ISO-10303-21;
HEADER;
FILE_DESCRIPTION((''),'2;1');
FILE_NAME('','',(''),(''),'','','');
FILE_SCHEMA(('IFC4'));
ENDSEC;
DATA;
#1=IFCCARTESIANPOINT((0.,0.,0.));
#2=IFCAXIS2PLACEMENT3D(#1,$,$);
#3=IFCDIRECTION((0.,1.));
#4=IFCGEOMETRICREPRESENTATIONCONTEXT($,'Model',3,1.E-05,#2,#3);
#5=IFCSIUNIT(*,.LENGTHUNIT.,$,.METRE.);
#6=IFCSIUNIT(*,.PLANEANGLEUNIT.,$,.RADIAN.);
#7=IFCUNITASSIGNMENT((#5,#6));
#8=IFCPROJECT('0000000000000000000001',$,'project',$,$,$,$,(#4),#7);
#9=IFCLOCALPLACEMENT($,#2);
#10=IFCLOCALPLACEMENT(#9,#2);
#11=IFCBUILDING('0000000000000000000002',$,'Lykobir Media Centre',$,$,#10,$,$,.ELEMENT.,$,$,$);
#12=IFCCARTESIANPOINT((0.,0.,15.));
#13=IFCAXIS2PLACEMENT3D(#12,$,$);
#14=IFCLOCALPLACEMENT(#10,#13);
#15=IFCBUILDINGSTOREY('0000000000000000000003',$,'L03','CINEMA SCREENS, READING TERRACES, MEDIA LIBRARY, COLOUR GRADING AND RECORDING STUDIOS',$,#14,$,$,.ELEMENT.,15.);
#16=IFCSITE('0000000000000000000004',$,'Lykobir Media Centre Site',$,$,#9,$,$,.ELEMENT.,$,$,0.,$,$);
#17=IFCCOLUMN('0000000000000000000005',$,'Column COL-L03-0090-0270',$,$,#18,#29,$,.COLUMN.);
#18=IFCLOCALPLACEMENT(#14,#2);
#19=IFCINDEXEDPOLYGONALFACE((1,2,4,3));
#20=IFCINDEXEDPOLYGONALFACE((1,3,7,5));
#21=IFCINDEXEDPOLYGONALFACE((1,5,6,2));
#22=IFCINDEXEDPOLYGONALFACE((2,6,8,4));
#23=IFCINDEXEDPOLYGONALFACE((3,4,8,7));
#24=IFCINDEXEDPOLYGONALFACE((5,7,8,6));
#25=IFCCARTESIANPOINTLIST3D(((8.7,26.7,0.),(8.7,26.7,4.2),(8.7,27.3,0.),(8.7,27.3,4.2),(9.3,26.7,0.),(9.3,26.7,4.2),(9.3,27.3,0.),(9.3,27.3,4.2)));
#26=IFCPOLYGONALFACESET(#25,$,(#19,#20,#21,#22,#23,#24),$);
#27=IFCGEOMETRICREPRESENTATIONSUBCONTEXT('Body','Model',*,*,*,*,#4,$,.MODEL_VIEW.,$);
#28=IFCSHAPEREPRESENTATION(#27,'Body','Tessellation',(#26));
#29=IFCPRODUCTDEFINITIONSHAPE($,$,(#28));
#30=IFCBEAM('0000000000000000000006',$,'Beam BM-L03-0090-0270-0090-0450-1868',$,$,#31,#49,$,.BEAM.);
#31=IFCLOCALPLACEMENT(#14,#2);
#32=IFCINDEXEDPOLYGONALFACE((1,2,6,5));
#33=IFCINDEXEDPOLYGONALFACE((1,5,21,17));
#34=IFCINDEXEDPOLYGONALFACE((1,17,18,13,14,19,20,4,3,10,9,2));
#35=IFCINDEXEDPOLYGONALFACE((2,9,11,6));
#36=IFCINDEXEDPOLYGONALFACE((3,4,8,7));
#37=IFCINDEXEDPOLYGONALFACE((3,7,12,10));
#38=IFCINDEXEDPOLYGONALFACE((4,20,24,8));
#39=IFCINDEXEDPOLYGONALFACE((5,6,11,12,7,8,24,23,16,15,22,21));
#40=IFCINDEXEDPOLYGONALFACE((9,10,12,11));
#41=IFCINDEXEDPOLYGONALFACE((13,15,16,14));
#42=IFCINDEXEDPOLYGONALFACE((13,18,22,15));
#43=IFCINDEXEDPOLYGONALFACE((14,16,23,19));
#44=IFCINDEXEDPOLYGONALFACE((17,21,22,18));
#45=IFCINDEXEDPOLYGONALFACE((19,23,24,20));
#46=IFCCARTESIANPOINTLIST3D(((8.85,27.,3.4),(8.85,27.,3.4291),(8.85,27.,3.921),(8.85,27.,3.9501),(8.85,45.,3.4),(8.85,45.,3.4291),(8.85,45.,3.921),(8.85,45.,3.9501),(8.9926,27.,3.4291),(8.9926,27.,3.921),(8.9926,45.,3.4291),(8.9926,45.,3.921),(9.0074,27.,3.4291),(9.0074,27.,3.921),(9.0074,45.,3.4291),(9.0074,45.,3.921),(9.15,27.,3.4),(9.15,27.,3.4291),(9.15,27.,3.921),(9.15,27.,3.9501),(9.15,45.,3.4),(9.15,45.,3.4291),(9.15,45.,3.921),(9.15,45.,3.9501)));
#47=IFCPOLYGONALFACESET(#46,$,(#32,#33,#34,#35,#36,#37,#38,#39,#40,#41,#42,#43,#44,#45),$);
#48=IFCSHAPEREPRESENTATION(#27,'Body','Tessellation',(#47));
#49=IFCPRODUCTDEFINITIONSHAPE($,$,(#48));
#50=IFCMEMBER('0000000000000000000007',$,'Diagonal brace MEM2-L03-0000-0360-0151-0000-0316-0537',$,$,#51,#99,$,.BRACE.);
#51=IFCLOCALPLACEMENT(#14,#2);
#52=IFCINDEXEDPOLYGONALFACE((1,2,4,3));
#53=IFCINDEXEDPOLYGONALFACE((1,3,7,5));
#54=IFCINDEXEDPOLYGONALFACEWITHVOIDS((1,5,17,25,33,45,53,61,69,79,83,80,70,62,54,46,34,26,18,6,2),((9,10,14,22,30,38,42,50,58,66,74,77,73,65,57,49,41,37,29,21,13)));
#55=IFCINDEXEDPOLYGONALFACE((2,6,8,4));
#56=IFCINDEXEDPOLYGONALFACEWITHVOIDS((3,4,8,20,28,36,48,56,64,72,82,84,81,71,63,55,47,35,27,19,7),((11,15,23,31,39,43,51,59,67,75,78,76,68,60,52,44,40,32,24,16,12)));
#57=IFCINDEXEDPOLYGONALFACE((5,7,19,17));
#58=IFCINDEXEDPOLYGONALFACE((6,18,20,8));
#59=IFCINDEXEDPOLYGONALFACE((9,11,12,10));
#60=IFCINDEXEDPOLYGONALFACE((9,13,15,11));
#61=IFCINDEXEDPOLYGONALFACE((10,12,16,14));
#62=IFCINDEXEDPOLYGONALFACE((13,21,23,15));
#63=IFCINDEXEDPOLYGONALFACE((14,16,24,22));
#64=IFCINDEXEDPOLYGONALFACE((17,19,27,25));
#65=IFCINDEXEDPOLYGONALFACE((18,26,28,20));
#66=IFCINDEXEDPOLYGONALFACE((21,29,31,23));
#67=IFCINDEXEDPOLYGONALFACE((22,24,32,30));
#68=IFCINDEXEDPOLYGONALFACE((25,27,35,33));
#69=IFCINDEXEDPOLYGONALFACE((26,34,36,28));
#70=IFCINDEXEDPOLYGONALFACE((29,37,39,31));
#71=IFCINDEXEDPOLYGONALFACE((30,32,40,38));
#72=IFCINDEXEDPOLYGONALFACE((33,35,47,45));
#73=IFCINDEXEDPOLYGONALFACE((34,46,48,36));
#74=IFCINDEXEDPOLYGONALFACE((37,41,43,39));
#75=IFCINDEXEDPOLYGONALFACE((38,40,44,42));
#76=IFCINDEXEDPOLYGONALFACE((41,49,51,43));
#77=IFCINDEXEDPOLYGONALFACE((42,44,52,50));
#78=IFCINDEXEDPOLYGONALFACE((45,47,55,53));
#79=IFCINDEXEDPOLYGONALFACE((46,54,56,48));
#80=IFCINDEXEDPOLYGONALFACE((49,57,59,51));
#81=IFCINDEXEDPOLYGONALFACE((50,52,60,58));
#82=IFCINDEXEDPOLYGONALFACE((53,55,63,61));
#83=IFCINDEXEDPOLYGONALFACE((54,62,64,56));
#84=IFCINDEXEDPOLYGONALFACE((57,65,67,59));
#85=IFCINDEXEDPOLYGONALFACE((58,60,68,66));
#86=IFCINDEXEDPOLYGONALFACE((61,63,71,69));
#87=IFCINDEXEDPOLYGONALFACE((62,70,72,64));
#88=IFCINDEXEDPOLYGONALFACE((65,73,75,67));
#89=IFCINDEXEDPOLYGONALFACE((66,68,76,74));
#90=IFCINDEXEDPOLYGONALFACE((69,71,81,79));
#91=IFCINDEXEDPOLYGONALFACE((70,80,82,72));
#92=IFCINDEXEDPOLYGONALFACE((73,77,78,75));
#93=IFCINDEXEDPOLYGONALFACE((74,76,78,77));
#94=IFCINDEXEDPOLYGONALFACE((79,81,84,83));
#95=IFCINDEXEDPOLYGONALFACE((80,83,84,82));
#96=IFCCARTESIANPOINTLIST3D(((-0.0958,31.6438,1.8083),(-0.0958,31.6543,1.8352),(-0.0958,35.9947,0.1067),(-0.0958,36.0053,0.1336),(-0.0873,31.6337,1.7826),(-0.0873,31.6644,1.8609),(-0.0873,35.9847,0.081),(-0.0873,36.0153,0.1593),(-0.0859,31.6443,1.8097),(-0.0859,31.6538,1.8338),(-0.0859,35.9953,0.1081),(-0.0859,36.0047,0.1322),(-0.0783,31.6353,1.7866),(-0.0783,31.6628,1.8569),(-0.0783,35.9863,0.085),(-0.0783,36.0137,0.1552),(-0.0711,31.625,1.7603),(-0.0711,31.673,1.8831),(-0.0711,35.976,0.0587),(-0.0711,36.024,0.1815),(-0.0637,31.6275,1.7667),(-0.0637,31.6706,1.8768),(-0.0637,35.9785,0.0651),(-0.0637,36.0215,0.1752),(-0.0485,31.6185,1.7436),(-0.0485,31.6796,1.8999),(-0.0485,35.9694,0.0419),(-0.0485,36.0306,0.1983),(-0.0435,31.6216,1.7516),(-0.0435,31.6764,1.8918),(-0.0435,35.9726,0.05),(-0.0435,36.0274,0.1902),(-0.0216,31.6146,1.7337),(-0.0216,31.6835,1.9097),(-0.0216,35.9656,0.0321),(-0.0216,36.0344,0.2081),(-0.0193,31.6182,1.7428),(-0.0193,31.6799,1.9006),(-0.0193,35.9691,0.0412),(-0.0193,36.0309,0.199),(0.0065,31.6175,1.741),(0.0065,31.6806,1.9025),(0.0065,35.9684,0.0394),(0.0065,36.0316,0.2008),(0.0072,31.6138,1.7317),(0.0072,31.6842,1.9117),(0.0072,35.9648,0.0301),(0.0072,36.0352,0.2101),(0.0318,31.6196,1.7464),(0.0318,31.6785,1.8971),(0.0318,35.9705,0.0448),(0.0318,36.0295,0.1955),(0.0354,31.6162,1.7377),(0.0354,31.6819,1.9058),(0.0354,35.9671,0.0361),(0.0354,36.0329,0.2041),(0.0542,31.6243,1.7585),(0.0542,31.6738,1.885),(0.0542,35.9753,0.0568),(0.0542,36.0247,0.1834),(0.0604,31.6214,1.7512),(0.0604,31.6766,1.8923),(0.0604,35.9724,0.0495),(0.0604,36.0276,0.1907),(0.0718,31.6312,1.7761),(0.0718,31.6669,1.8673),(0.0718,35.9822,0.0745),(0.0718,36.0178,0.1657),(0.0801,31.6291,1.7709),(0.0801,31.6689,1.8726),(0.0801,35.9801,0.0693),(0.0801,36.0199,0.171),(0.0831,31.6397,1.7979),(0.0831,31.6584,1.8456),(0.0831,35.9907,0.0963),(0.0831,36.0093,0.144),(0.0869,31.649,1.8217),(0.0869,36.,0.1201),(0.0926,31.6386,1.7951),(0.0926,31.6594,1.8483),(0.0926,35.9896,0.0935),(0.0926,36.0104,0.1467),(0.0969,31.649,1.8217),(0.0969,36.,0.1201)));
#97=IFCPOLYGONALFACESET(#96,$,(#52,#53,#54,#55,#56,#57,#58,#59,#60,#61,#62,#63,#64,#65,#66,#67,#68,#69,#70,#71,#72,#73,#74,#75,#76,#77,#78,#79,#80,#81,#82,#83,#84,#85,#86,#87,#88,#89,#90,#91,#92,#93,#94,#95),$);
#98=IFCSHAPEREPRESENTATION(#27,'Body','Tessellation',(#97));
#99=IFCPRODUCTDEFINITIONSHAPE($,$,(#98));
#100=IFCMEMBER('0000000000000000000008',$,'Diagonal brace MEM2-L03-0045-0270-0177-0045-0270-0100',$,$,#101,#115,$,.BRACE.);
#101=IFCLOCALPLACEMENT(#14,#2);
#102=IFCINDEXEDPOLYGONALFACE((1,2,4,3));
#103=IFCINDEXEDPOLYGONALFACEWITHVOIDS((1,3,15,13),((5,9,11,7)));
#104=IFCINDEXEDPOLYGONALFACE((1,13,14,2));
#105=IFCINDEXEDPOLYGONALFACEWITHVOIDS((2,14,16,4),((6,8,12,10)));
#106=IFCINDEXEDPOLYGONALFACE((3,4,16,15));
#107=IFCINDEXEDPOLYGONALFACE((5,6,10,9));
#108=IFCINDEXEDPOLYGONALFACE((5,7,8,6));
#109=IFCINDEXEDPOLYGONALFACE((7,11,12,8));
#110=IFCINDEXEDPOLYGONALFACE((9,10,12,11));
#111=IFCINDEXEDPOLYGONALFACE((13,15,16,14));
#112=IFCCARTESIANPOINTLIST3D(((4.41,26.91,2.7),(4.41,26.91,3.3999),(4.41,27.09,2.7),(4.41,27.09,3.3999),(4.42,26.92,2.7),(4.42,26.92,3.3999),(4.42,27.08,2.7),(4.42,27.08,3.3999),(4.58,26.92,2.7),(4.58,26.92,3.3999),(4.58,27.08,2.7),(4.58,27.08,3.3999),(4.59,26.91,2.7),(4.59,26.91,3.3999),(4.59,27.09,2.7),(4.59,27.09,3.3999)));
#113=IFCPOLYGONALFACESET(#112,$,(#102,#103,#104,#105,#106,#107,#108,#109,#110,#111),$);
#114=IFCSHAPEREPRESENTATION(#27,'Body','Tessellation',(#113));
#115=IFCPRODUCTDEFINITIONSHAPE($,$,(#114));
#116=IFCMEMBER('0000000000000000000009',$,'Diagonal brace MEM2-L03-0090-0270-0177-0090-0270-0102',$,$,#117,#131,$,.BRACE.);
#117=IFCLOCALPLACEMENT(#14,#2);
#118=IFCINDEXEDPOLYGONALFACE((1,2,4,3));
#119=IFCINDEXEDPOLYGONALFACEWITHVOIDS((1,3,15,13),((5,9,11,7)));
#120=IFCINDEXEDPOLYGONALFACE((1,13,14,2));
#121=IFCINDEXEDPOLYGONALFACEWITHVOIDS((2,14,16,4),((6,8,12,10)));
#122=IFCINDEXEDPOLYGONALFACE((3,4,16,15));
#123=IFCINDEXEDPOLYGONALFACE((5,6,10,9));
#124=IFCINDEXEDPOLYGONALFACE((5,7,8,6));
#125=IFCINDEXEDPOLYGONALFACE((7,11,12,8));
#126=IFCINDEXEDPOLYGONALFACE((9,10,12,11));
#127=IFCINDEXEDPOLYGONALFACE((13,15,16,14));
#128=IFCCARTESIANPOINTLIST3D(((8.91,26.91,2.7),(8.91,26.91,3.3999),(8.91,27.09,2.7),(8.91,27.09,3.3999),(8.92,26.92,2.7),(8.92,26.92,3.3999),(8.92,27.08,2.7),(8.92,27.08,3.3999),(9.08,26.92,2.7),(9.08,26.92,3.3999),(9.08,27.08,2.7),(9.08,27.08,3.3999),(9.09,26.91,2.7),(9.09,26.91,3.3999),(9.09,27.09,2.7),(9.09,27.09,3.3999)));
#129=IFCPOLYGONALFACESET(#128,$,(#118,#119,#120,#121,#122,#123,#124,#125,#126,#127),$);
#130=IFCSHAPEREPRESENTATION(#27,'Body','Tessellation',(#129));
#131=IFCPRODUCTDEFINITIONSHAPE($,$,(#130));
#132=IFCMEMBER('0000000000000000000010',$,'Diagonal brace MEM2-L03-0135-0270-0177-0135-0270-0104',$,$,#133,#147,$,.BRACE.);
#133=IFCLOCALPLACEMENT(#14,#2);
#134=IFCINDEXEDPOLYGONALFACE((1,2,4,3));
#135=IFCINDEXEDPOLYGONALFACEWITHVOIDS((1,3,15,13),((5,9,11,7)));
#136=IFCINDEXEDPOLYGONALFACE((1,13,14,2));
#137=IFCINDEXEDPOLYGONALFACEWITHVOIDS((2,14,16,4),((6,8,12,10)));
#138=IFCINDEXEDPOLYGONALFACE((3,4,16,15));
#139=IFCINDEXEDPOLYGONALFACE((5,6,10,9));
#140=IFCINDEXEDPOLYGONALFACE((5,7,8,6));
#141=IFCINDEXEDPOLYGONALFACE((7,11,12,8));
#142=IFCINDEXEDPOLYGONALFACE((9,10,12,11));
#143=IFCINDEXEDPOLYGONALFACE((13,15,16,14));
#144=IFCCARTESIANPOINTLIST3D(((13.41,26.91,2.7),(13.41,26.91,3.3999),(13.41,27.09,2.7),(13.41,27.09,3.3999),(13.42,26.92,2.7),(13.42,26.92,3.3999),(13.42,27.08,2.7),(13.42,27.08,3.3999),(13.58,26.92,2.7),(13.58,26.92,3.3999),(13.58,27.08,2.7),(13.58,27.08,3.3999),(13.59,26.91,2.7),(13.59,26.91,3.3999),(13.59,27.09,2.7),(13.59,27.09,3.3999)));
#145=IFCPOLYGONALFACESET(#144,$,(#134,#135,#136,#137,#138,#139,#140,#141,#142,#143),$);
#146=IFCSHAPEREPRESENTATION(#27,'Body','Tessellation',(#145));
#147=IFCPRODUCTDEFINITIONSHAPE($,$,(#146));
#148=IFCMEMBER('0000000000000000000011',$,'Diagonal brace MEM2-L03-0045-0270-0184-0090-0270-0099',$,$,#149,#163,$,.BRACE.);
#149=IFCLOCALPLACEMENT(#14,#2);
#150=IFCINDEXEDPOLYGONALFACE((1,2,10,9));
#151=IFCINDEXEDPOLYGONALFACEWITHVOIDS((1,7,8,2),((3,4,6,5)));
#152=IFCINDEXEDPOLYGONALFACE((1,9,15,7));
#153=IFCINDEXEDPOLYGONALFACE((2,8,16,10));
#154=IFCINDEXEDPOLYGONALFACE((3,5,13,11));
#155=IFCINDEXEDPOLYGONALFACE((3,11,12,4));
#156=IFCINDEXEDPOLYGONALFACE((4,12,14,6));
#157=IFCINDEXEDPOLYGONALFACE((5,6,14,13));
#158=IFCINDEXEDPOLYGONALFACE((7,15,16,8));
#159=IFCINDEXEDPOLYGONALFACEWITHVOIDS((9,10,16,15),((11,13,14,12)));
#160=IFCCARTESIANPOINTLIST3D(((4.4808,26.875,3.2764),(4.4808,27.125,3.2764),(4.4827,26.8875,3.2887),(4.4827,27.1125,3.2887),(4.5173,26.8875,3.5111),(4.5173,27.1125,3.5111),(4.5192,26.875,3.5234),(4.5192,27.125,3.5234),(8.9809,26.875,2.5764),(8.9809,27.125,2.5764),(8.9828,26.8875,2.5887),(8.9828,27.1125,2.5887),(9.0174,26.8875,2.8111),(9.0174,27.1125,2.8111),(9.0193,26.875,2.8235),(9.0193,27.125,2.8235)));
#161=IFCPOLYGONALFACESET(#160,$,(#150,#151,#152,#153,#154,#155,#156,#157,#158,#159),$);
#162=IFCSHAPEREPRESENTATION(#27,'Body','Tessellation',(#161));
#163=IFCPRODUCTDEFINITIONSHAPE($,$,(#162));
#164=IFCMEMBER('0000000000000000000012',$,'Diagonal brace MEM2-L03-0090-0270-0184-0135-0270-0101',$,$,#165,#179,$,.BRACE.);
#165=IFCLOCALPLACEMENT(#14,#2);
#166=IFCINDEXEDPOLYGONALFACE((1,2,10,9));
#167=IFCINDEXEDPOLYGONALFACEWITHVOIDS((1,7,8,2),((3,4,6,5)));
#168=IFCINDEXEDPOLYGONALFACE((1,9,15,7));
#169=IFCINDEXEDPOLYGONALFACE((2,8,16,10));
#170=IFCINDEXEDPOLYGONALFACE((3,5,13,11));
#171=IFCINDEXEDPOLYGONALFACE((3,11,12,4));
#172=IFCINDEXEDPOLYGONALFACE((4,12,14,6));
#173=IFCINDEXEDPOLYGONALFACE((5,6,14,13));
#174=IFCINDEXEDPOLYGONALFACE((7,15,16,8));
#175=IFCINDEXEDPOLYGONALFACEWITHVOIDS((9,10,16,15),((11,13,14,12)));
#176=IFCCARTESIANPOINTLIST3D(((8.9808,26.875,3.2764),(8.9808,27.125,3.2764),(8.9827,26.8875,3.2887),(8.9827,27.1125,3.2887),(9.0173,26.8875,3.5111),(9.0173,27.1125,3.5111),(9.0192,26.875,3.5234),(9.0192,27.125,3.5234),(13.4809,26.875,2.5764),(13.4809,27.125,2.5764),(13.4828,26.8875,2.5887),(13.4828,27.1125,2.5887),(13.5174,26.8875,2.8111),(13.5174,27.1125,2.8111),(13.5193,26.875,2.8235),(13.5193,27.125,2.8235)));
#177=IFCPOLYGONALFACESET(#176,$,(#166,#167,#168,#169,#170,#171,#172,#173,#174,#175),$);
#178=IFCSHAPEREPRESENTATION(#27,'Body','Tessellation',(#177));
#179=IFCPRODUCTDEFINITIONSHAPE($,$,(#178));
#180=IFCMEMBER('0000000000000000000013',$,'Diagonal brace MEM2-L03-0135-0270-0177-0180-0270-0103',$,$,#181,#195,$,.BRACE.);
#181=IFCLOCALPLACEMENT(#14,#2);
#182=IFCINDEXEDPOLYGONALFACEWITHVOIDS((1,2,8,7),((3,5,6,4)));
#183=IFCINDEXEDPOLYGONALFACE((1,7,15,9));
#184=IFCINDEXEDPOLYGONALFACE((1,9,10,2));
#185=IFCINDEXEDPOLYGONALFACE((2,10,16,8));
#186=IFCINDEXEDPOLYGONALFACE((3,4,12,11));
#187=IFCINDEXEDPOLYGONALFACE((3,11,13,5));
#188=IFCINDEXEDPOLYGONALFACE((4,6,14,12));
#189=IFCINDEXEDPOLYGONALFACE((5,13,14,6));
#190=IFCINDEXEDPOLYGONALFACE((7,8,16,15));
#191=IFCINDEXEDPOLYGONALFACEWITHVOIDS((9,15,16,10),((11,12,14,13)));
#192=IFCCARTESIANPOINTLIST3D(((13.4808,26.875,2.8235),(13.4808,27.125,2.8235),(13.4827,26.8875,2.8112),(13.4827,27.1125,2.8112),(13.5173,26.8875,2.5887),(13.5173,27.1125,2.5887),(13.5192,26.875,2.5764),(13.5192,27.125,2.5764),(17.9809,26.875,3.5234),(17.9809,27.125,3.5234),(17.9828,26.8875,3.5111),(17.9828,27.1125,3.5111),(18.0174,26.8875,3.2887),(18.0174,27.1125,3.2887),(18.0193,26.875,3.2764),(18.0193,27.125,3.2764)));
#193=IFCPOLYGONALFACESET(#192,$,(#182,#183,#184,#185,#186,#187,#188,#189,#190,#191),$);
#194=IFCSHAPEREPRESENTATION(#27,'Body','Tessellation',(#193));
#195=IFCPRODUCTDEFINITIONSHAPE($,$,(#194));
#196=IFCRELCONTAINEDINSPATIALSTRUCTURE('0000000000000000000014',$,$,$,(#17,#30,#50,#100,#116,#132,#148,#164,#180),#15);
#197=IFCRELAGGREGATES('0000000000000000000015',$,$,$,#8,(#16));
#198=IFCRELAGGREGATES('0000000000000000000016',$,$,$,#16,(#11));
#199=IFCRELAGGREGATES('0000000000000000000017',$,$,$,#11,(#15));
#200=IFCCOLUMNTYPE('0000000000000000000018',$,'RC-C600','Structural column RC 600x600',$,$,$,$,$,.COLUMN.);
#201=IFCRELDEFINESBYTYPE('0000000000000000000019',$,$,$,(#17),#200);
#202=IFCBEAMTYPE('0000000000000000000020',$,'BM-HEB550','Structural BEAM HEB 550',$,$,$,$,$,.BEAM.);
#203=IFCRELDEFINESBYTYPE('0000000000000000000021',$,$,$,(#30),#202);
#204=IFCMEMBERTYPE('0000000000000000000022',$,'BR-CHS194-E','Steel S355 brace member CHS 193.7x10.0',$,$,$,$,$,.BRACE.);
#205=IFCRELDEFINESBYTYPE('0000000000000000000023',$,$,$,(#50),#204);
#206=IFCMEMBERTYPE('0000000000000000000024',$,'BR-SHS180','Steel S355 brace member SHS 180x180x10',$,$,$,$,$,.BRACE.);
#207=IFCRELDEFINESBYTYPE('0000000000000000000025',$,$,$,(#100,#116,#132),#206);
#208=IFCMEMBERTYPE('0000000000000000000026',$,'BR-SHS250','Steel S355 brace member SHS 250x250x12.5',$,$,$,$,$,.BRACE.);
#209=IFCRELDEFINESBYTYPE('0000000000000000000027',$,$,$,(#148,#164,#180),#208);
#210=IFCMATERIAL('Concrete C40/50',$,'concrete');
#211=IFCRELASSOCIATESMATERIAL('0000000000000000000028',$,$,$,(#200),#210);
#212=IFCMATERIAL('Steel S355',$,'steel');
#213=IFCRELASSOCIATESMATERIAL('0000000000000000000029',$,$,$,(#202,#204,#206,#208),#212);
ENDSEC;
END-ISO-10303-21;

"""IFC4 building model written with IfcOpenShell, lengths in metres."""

from ifc_helpers import new_model, si_unit, direction, frame, origin, origin_2d, place, context, subcontext, project, spatial, rectangle, hollow_rectangle, hollow_circle, i_section, extrude, material, material_profile, profile_set, type_object, element, save


model = new_model("IFC4")

# Units and contexts
model_context = context("Model", 3, precision=1e-05, world=origin(), true_north=direction((0.0, 1.0)))
body_context = subcontext(model_context, "Body", "Model", "MODEL_VIEW")
ifc_project = project(units=[si_unit("LENGTHUNIT", "METRE"), si_unit("PLANEANGLEUNIT", "RADIAN")], contexts=[model_context])

# Site, building, storey
site_placement = place(None, origin())
site = spatial("IfcSite", under=ifc_project, at=site_placement, Name="Lykobir Media Centre Site", CompositionType="ELEMENT", RefElevation=0.0)
building_placement = place(site_placement, origin())
building = spatial("IfcBuilding", under=site, at=building_placement, Name="Lykobir Media Centre", CompositionType="ELEMENT")
storey_placement = place(building_placement, frame((0.0, 0.0, 15.0)))
storey = spatial("IfcBuildingStorey", under=building, at=storey_placement, Name="L03", Description="CINEMA SCREENS, READING TERRACES, MEDIA LIBRARY, COLOUR GRADING AND RECORDING STUDIOS", CompositionType="ELEMENT", Elevation=15.0)

# Column
ifc_material_1 = material(Name="Concrete C40/50", Category="concrete")
ifc_material_profile_1 = material_profile(ifc_material_1, rectangle(XDim=0.6001, YDim=0.6001, at=origin_2d()), Name="RC 600x600")
ifc_profile_set_1 = profile_set([ifc_material_profile_1], Name="Concrete C40/50")
column_type = type_object("IfcColumnType", Name="RC-C600", Description="Structural column RC 600x600", PredefinedType="COLUMN", material=ifc_profile_set_1)
column_placement = place(storey_placement, frame((9.0, 27.0, 0.0), z_axis=(0.0, 0.0, 1.0), x_axis=(1.0, 0.0, 0.0)))
element("IfcColumn", 1, at=column_placement, inside=storey, type_object=column_type, Name="Column COL-L03-0090-0270", PredefinedType="COLUMN", context=body_context, shape_type="SweptSolid", body=[
    extrude(rectangle(XDim=0.6001, YDim=0.6001, at=origin_2d()), origin(), (0.0, 0.0, 1.0), 4.2),
])

# Beam
ifc_material_2 = material(Name="Steel S355", Category="steel")
ifc_material_profile_2 = material_profile(ifc_material_2, i_section(OverallWidth=0.3, OverallDepth=0.55, WebThickness=0.0149, FlangeThickness=0.0291, at=origin_2d()), Name="HEB 550")
ifc_profile_set_2 = profile_set([ifc_material_profile_2], Name="Steel S355")
beam_type = type_object("IfcBeamType", Name="BM-HEB550", Description="Structural BEAM HEB 550", PredefinedType="BEAM", material=ifc_profile_set_2)
beam_placement = place(storey_placement, frame((9.0, 27.0, 3.675), z_axis=(0.0, 1.0, 0.0), x_axis=(-1.0, 0.0, 0.0)))
element("IfcBeam", 2, at=beam_placement, inside=storey, type_object=beam_type, Name="Beam BM-L03-0090-0270-0090-0450-1868", PredefinedType="BEAM", context=body_context, shape_type="SweptSolid", body=[
    extrude(i_section(OverallWidth=0.3, OverallDepth=0.55, WebThickness=0.0149, FlangeThickness=0.0291, at=origin_2d()), origin(), (0.0, 0.0, 1.0), 18.0),
])

# Members
ifc_material_profile_3 = material_profile(ifc_material_2, hollow_circle(Radius=0.0969, WallThickness=0.01, at=origin_2d()), Name="CHS 193.7x10.0")
ifc_profile_set_3 = profile_set([ifc_material_profile_3], Name="Steel S355")
member_type_1 = type_object("IfcMemberType", Name="BR-CHS194-E", Description="Steel S355 brace member CHS 193.7x10.0", PredefinedType="BRACE", material=ifc_profile_set_3)
member_placement = place(storey_placement, frame((0.0, 36.0, 0.1201), z_axis=(0.0, -0.931311, 0.364226), x_axis=(1.0, 0.0, 0.0)))
element("IfcMember", 3, at=member_placement, inside=storey, type_object=member_type_1, Name="Diagonal brace MEM2-L03-0000-0360-0151-0000-0316-0537", PredefinedType="BRACE", context=body_context, shape_type="SweptSolid", body=[
    extrude(hollow_circle(Radius=0.0969, WallThickness=0.01, at=origin_2d()), origin(), (0.0, 0.0, 1.0), 4.6719),
])
ifc_material_profile_4 = material_profile(ifc_material_2, hollow_rectangle(XDim=0.1799, YDim=0.1799, WallThickness=0.01, at=origin_2d()), Name="SHS 180x180x10")
ifc_profile_set_4 = profile_set([ifc_material_profile_4], Name="Steel S355")
member_type_2 = type_object("IfcMemberType", Name="BR-SHS180", Description="Steel S355 brace member SHS 180x180x10", PredefinedType="BRACE", material=ifc_profile_set_4)
for number, where, z_axis, x_axis, name in (
    (4, (4.5, 27.0, 2.7), (0.0, 0.0, 1.0), (1.0, 0.0, 0.0), "Diagonal brace MEM2-L03-0045-0270-0177-0045-0270-0100"),
    (5, (9.0, 27.0, 2.7), (0.0, 0.0, 1.0), (1.0, 0.0, 0.0), "Diagonal brace MEM2-L03-0090-0270-0177-0090-0270-0102"),
    (6, (13.5, 27.0, 2.7), (0.0, 0.0, 1.0), (1.0, 0.0, 0.0), "Diagonal brace MEM2-L03-0135-0270-0177-0135-0270-0104"),
):
    element("IfcMember", number, at=place(storey_placement, frame(where, z_axis=z_axis, x_axis=x_axis)), inside=storey, type_object=member_type_2, Name=name, PredefinedType="BRACE", context=body_context, shape_type="SweptSolid", body=[
        extrude(hollow_rectangle(XDim=0.1799, YDim=0.1799, WallThickness=0.01, at=origin_2d()), origin(), (0.0, 0.0, 1.0), 0.7),
    ])
ifc_material_profile_5 = material_profile(ifc_material_2, hollow_rectangle(XDim=0.25, YDim=0.25, WallThickness=0.0125, at=origin_2d()), Name="SHS 250x250x12.5")
ifc_profile_set_5 = profile_set([ifc_material_profile_5], Name="Steel S355")
member_type_3 = type_object("IfcMemberType", Name="BR-SHS250", Description="Steel S355 brace member SHS 250x250x12.5", PredefinedType="BRACE", material=ifc_profile_set_5)
for number, where, z_axis, x_axis, name in (
    (7, (4.5, 27.0, 3.3999), (0.988118, 0.0, -0.153697), (0.0, 1.0, 0.0), "Diagonal brace MEM2-L03-0045-0270-0184-0090-0270-0099"),
    (8, (9.0, 27.0, 3.3999), (0.988118, 0.0, -0.153697), (0.0, 1.0, 0.0), "Diagonal brace MEM2-L03-0090-0270-0184-0135-0270-0101"),
    (9, (13.5, 27.0, 2.7), (0.988118, 0.0, 0.153697), (0.0, 1.0, 0.0), "Diagonal brace MEM2-L03-0135-0270-0177-0180-0270-0103"),
):
    element("IfcMember", number, at=place(storey_placement, frame(where, z_axis=z_axis, x_axis=x_axis)), inside=storey, type_object=member_type_3, Name=name, PredefinedType="BRACE", context=body_context, shape_type="SweptSolid", body=[
        extrude(hollow_rectangle(XDim=0.25, YDim=0.25, WallThickness=0.0125, at=origin_2d()), origin(), (0.0, 0.0, 1.0), 4.5542),
    ])

save(model, "model.ifc")
